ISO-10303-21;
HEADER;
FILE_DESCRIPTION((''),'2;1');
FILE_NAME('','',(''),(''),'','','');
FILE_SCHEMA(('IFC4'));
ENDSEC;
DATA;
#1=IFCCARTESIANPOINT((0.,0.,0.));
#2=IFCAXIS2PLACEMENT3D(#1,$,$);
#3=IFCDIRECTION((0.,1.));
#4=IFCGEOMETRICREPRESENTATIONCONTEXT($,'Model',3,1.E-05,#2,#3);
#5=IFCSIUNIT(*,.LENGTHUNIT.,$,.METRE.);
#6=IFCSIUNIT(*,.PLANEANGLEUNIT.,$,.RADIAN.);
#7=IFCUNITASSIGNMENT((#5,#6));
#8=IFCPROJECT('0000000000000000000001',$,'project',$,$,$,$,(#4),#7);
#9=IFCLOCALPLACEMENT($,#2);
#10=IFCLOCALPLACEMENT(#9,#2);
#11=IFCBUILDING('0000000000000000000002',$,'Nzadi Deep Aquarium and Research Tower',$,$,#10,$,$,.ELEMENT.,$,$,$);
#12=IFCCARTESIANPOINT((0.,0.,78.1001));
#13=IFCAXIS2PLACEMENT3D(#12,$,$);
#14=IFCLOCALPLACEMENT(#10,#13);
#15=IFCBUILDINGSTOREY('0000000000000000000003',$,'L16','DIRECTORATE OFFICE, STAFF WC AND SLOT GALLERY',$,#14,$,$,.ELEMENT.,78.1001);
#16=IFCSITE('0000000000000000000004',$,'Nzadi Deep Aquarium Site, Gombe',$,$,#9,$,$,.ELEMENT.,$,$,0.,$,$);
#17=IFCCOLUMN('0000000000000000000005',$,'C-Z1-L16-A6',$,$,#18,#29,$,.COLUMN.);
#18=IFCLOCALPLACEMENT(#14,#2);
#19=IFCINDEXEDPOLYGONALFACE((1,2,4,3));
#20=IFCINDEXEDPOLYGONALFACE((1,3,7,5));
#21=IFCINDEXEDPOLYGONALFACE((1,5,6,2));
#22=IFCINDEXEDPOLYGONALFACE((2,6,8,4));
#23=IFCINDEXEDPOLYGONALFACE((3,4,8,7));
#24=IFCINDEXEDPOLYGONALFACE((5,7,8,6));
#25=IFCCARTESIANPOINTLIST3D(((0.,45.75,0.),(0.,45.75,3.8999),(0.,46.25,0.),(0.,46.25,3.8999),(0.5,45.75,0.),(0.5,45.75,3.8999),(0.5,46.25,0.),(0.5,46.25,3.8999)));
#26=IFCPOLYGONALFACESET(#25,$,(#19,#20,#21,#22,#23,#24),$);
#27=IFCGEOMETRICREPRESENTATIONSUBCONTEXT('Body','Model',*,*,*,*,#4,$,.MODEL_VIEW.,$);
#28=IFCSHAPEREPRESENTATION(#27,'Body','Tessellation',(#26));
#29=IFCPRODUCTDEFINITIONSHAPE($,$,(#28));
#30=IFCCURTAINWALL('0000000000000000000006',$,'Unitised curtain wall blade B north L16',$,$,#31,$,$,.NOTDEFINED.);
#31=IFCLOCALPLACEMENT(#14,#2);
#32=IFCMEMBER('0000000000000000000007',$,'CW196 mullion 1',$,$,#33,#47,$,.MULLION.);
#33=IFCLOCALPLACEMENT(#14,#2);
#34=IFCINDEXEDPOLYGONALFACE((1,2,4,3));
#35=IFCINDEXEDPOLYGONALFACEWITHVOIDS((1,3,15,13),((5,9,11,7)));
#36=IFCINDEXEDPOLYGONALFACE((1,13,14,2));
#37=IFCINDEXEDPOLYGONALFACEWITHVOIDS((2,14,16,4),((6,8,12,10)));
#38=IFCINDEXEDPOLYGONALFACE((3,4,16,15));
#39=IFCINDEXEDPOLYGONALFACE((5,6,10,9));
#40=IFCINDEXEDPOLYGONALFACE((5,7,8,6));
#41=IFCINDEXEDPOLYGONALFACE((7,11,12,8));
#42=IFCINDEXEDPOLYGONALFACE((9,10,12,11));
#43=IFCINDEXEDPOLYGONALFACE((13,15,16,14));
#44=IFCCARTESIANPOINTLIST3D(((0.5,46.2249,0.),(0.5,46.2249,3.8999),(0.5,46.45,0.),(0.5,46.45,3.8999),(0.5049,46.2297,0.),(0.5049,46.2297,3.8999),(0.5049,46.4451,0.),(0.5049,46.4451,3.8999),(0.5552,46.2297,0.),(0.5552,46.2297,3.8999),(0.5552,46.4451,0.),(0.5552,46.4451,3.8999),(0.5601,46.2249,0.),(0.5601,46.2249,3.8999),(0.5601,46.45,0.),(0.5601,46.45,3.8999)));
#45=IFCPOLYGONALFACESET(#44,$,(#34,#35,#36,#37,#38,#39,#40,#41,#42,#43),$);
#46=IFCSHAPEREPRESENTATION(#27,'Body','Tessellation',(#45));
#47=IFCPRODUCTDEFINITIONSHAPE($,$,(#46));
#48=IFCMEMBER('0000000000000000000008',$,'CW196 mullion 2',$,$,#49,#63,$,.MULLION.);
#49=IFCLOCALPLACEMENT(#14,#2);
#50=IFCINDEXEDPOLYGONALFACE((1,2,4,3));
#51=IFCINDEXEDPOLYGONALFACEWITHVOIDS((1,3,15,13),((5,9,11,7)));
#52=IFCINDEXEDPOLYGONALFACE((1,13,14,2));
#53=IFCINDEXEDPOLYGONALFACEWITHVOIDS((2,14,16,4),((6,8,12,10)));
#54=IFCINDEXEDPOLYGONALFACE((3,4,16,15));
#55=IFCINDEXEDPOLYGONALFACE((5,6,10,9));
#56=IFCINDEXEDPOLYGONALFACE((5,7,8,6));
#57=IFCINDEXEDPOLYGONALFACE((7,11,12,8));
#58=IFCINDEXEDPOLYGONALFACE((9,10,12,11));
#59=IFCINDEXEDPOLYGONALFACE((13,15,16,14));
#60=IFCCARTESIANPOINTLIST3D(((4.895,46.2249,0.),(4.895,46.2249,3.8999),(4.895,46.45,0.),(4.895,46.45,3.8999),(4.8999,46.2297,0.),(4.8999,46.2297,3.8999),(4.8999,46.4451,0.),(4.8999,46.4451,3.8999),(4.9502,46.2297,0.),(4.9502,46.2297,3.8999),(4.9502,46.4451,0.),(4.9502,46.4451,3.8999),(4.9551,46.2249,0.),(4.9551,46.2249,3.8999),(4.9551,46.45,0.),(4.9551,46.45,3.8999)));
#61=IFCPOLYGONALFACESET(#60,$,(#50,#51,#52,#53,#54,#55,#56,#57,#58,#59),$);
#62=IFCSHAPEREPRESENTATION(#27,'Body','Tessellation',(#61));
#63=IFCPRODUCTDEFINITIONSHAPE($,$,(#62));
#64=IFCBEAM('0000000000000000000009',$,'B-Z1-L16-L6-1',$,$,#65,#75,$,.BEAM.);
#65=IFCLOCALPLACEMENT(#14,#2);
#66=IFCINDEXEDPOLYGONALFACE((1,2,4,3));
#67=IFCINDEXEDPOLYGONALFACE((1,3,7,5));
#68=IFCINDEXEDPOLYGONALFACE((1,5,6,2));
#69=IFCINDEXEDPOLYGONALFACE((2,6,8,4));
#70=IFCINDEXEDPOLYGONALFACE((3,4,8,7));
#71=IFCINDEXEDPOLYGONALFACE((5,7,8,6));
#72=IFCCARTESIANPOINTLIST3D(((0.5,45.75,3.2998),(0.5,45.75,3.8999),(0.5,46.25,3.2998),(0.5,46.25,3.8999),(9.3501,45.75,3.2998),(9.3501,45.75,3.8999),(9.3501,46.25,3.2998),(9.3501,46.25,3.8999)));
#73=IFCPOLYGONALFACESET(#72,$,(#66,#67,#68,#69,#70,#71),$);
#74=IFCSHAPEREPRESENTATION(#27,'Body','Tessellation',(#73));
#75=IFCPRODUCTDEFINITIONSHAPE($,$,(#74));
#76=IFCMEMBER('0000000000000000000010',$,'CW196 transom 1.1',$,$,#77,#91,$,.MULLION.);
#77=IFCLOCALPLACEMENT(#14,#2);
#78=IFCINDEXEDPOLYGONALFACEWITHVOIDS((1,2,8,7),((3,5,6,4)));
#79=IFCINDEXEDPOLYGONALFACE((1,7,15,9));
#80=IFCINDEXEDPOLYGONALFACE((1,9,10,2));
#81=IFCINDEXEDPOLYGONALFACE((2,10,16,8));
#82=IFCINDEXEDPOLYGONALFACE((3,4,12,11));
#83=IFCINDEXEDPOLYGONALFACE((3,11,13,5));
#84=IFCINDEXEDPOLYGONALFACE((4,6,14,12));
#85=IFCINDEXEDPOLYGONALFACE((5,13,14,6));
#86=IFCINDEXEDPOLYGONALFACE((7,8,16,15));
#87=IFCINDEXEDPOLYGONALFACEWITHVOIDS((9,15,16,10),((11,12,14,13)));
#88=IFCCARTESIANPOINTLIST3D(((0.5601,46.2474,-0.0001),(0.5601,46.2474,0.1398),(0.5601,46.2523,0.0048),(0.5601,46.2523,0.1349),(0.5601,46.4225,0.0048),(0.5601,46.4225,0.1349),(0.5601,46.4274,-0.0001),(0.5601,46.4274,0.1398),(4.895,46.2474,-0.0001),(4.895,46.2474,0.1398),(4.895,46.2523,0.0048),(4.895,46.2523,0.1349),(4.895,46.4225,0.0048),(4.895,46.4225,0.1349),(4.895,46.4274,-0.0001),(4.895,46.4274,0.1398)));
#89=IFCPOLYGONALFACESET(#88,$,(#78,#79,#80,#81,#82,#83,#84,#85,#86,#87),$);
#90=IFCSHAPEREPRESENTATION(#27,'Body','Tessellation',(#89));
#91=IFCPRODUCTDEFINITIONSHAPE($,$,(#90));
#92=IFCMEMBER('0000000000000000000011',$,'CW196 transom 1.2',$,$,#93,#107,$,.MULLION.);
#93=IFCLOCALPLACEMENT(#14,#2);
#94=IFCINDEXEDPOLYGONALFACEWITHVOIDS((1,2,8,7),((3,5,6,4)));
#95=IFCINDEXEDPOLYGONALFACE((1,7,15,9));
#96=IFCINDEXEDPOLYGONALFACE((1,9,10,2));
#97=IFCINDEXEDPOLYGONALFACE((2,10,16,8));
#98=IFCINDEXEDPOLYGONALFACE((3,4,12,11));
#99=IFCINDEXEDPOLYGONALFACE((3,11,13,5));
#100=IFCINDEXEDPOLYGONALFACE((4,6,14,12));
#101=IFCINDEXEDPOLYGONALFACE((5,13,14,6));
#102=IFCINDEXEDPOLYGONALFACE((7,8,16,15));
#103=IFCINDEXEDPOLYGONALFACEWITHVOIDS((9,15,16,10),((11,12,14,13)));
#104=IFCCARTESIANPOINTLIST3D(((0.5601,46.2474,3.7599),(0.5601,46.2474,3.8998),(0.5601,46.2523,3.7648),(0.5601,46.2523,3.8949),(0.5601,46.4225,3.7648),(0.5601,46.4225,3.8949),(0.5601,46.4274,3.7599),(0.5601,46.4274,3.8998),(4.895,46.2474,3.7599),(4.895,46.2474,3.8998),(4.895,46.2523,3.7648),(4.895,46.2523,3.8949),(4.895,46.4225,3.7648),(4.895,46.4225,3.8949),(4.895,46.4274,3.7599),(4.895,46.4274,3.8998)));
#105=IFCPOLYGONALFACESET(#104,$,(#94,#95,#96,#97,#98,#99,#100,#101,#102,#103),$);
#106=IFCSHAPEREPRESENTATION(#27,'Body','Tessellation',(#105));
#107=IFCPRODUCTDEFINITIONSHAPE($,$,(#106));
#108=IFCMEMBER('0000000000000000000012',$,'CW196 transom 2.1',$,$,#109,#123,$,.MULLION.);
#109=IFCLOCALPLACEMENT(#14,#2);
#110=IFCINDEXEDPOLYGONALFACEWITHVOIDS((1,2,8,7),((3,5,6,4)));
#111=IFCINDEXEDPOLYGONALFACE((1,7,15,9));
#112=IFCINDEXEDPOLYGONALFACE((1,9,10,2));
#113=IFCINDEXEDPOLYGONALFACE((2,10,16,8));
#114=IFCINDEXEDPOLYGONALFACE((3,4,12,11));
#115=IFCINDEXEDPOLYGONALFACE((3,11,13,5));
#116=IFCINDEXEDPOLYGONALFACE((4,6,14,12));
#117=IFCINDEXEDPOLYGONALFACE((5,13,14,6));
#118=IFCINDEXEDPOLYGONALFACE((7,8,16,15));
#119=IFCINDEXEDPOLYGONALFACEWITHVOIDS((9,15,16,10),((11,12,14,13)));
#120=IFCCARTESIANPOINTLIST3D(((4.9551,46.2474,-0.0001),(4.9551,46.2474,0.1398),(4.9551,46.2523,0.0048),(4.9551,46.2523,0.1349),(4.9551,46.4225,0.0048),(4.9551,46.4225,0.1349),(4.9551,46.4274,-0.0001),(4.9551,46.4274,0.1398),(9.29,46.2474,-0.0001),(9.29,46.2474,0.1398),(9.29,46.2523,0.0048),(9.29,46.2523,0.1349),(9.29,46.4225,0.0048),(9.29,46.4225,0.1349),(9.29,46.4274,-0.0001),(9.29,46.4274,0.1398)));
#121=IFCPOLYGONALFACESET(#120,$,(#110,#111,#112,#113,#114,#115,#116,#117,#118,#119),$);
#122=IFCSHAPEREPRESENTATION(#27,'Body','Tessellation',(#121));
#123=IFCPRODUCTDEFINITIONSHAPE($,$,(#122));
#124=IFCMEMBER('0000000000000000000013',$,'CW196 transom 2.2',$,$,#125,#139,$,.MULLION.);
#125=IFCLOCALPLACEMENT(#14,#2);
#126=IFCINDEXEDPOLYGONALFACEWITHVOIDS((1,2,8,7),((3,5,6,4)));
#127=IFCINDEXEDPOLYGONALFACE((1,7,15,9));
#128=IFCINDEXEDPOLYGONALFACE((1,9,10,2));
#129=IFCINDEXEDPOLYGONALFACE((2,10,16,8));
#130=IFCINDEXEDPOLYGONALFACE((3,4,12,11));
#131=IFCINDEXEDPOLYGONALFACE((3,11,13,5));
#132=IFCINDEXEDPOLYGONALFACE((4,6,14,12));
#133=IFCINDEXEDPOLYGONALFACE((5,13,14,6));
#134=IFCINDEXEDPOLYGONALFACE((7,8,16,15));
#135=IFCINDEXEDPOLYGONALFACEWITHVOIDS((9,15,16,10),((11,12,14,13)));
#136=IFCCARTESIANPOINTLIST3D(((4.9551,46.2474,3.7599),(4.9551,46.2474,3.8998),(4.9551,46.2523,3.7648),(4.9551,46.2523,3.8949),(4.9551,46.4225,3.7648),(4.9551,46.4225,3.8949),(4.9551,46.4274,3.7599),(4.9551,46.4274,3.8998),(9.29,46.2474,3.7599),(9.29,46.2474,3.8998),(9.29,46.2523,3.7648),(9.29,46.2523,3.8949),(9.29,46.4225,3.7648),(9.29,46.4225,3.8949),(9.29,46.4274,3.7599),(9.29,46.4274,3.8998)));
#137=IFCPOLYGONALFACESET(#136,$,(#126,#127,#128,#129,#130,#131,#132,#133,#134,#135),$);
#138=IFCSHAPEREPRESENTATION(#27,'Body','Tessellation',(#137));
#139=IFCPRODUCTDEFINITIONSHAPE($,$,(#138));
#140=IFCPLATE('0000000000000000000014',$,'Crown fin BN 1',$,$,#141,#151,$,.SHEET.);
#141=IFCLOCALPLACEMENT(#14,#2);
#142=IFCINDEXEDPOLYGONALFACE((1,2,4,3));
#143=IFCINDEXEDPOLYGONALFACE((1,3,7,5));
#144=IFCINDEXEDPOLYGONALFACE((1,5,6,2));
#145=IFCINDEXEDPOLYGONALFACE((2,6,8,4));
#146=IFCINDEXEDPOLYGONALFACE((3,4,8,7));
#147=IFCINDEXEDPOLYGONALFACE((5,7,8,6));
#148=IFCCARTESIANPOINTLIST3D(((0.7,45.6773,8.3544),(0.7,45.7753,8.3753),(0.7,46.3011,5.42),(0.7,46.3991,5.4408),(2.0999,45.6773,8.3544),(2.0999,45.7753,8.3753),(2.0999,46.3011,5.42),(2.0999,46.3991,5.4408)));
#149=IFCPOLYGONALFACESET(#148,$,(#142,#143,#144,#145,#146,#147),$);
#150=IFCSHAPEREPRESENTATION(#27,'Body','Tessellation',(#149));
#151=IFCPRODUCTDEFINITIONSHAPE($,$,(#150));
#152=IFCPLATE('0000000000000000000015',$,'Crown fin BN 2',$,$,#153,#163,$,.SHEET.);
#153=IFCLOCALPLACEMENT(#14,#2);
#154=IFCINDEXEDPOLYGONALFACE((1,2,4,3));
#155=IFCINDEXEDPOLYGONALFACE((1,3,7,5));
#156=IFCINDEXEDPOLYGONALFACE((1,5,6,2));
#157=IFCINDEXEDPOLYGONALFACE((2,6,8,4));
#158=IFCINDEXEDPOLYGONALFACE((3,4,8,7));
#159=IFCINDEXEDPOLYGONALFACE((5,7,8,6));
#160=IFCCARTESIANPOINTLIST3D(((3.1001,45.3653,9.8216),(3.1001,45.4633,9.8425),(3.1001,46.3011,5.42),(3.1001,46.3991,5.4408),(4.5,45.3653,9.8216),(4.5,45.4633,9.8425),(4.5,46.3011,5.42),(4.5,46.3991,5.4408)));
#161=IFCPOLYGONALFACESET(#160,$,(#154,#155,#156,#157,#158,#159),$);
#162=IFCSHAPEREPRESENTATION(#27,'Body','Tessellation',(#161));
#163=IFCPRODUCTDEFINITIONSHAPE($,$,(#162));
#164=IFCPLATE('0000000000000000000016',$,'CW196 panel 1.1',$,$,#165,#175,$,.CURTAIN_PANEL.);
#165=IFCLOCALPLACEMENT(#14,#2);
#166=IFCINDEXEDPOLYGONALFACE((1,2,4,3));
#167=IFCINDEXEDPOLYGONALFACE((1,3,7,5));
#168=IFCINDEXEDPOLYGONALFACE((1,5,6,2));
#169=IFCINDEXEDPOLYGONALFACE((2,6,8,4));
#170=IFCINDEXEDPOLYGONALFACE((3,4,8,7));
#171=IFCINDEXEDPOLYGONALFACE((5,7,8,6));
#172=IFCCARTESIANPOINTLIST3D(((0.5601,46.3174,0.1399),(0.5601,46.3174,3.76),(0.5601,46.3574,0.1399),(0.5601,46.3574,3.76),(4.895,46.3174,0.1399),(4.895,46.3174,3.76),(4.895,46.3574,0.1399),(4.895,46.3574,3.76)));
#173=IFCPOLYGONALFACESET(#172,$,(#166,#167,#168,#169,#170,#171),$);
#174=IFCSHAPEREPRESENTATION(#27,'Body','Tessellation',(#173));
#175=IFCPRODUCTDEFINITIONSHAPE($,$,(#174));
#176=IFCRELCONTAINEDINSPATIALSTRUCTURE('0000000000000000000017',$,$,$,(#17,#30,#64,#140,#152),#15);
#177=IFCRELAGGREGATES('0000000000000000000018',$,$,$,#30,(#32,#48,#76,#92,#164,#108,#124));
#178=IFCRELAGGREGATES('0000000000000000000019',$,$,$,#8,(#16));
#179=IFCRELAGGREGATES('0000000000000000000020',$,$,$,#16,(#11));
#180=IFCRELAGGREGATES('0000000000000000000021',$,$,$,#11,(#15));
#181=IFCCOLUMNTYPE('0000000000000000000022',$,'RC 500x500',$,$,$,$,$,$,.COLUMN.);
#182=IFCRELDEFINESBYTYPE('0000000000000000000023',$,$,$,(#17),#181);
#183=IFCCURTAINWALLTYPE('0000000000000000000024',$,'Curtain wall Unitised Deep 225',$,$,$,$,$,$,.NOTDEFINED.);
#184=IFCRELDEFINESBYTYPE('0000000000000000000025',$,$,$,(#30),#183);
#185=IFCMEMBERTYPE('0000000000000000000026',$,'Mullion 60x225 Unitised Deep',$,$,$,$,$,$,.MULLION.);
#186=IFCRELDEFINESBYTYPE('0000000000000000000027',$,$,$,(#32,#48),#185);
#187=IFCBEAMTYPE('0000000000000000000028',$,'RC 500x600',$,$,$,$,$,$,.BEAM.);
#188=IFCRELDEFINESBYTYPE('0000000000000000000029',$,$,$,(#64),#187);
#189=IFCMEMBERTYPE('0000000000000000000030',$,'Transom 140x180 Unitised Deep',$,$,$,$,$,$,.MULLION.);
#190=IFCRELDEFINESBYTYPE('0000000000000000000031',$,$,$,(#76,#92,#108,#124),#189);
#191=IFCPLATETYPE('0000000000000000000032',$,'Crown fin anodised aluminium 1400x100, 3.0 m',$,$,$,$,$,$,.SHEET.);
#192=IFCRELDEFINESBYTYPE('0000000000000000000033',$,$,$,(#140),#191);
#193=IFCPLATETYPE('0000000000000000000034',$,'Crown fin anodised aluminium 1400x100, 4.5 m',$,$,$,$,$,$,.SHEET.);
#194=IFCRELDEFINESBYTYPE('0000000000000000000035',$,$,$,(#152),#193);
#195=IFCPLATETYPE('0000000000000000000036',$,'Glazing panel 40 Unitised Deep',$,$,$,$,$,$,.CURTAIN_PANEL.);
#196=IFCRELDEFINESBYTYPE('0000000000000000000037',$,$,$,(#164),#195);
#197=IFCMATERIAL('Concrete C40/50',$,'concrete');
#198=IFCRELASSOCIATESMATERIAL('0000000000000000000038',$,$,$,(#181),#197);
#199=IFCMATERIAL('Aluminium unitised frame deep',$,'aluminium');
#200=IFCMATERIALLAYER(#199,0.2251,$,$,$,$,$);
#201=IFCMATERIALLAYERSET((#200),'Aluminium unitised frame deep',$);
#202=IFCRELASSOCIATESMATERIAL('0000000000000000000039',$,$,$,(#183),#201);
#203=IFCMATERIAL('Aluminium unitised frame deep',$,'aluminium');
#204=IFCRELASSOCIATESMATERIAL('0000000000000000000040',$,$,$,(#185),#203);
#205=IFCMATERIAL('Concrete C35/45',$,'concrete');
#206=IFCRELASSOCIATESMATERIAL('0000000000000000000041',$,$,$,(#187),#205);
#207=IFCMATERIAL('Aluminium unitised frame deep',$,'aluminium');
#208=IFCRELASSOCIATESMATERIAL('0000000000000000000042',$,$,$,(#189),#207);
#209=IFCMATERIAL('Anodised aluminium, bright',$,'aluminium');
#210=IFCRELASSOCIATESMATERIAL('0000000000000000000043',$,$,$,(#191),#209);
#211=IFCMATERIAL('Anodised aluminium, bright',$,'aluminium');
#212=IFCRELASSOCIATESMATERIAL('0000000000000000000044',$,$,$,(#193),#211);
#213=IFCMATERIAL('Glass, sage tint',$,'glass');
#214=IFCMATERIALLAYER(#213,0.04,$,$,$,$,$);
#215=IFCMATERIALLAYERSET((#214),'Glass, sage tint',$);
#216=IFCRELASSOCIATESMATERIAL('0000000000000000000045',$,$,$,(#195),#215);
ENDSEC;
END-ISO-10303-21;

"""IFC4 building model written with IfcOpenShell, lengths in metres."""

from ifc_helpers import new_model, si_unit, direction, frame, origin, origin_2d, place, context, subcontext, project, spatial, rectangle, hollow_rectangle, extrude, material, layer, layer_set, material_profile, profile_set, type_object, element, aggregate, save


model = new_model("IFC4")

# Units and contexts
model_context = context("Model", 3, precision=1e-05, world=origin(), true_north=direction((0.0, 1.0)))
body_context = subcontext(model_context, "Body", "Model", "MODEL_VIEW")
ifc_project = project(units=[si_unit("LENGTHUNIT", "METRE"), si_unit("PLANEANGLEUNIT", "RADIAN")], contexts=[model_context])

# Site, building, storey
site_placement = place(None, origin())
site = spatial("IfcSite", under=ifc_project, at=site_placement, Name="Nzadi Deep Aquarium Site, Gombe", CompositionType="ELEMENT", RefElevation=0.0)
building_placement = place(site_placement, origin())
building = spatial("IfcBuilding", under=site, at=building_placement, Name="Nzadi Deep Aquarium and Research Tower", CompositionType="ELEMENT")
storey_placement = place(building_placement, frame((0.0, 0.0, 78.1001)))
storey = spatial("IfcBuildingStorey", under=building, at=storey_placement, Name="L16", Description="DIRECTORATE OFFICE, STAFF WC AND SLOT GALLERY", CompositionType="ELEMENT", Elevation=78.1001)

# Column
ifc_material_1 = material(Name="Concrete C40/50", Category="concrete")
ifc_material_profile_1 = material_profile(ifc_material_1, rectangle(XDim=0.5, YDim=0.5, at=origin_2d()))
ifc_profile_set_1 = profile_set([ifc_material_profile_1], Name="Concrete C40/50")
column_type = type_object("IfcColumnType", Name="RC 500x500", PredefinedType="COLUMN", material=ifc_profile_set_1)
column_placement = place(storey_placement, frame((0.25, 46.0, 0.0), z_axis=(0.0, 0.0, 1.0), x_axis=(1.0, 0.0, 0.0)))
element("IfcColumn", 1, at=column_placement, inside=storey, type_object=column_type, Name="C-Z1-L16-A6", PredefinedType="COLUMN", context=body_context, shape_type="SweptSolid", body=[
    extrude(rectangle(XDim=0.5, YDim=0.5, at=origin_2d()), origin(), (0.0, 0.0, 1.0), 3.8999),
])

# Curtain wall, members
ifc_material_2 = material(Name="Aluminium unitised frame deep", Category="aluminium")
ifc_layer_1 = layer(ifc_material_2, 0.2251)
ifc_layer_set_1 = layer_set([ifc_layer_1], Name="Aluminium unitised frame deep")
curtain_wall_type = type_object("IfcCurtainWallType", Name="Curtain wall Unitised Deep 225", PredefinedType="NOTDEFINED", material=ifc_layer_set_1)
curtain_wall_placement = place(storey_placement, origin())
curtain_wall = element("IfcCurtainWall", 2, at=curtain_wall_placement, inside=storey, type_object=curtain_wall_type, Name="Unitised curtain wall blade B north L16", PredefinedType="NOTDEFINED")
ifc_material_3 = material(Name="Aluminium unitised frame deep", Category="aluminium")
ifc_material_profile_2 = material_profile(ifc_material_3, hollow_rectangle(XDim=0.2251, YDim=0.0601, WallThickness=0.0049, at=origin_2d()))
ifc_profile_set_2 = profile_set([ifc_material_profile_2], Name="Aluminium unitised frame deep")
member_type_1 = type_object("IfcMemberType", Name="Mullion 60x225 Unitised Deep", PredefinedType="MULLION", material=ifc_profile_set_2)
member_1_placement = place(storey_placement, frame((0.53, 46.3374, 0.0), z_axis=(0.0, 0.0, 1.0), x_axis=(0.0, 1.0, 0.0)))
member_1 = element("IfcMember", 3, at=member_1_placement, type_object=member_type_1, Name="CW196 mullion 1", PredefinedType="MULLION", context=body_context, shape_type="SweptSolid", body=[
    extrude(hollow_rectangle(XDim=0.2251, YDim=0.0601, WallThickness=0.0049, at=origin_2d()), origin(), (0.0, 0.0, 1.0), 3.8999),
])
member_2_placement = place(storey_placement, frame((4.925, 46.3374, 0.0), z_axis=(0.0, 0.0, 1.0), x_axis=(0.0, 1.0, 0.0)))
member_2 = element("IfcMember", 4, at=member_2_placement, type_object=member_type_1, Name="CW196 mullion 2", PredefinedType="MULLION", context=body_context, shape_type="SweptSolid", body=[
    extrude(hollow_rectangle(XDim=0.2251, YDim=0.0601, WallThickness=0.0049, at=origin_2d()), origin(), (0.0, 0.0, 1.0), 3.8999),
])

# Beam
ifc_material_4 = material(Name="Concrete C35/45", Category="concrete")
ifc_material_profile_3 = material_profile(ifc_material_4, rectangle(XDim=0.5, YDim=0.6001, at=origin_2d()))
ifc_profile_set_3 = profile_set([ifc_material_profile_3], Name="Concrete C35/45")
beam_type = type_object("IfcBeamType", Name="RC 500x600", PredefinedType="BEAM", material=ifc_profile_set_3)
beam_placement = place(storey_placement, frame((0.5, 46.0, 3.5999), z_axis=(1.0, 0.0, 0.0), x_axis=(0.0, 1.0, 0.0)))
element("IfcBeam", 5, at=beam_placement, inside=storey, type_object=beam_type, Name="B-Z1-L16-L6-1", PredefinedType="BEAM", context=body_context, shape_type="SweptSolid", body=[
    extrude(rectangle(XDim=0.5, YDim=0.6001, at=origin_2d()), origin(), (0.0, 0.0, 1.0), 8.8501),
])

# Members
ifc_material_5 = material(Name="Aluminium unitised frame deep", Category="aluminium")
ifc_material_profile_4 = material_profile(ifc_material_5, hollow_rectangle(XDim=0.1799, YDim=0.1399, WallThickness=0.0049, at=origin_2d()))
ifc_profile_set_4 = profile_set([ifc_material_profile_4], Name="Aluminium unitised frame deep")
member_type_2 = type_object("IfcMemberType", Name="Transom 140x180 Unitised Deep", PredefinedType="MULLION", material=ifc_profile_set_4)
member_3_placement = place(storey_placement, frame((0.5601, 46.3374, 0.0698), z_axis=(1.0, 0.0, 0.0), x_axis=(0.0, 1.0, 0.0)))
member_3 = element("IfcMember", 6, at=member_3_placement, type_object=member_type_2, Name="CW196 transom 1.1", PredefinedType="MULLION", context=body_context, shape_type="SweptSolid", body=[
    extrude(hollow_rectangle(XDim=0.1799, YDim=0.1399, WallThickness=0.0049, at=origin_2d()), origin(), (0.0, 0.0, 1.0), 4.335),
])
member_4_placement = place(storey_placement, frame((0.5601, 46.3374, 3.8298), z_axis=(1.0, 0.0, 0.0), x_axis=(0.0, 1.0, 0.0)))
member_4 = element("IfcMember", 7, at=member_4_placement, type_object=member_type_2, Name="CW196 transom 1.2", PredefinedType="MULLION", context=body_context, shape_type="SweptSolid", body=[
    extrude(hollow_rectangle(XDim=0.1799, YDim=0.1399, WallThickness=0.0049, at=origin_2d()), origin(), (0.0, 0.0, 1.0), 4.335),
])
member_5_placement = place(storey_placement, frame((4.9551, 46.3374, 0.0698), z_axis=(1.0, 0.0, 0.0), x_axis=(0.0, 1.0, 0.0)))
member_5 = element("IfcMember", 8, at=member_5_placement, type_object=member_type_2, Name="CW196 transom 2.1", PredefinedType="MULLION", context=body_context, shape_type="SweptSolid", body=[
    extrude(hollow_rectangle(XDim=0.1799, YDim=0.1399, WallThickness=0.0049, at=origin_2d()), origin(), (0.0, 0.0, 1.0), 4.335),
])
member_6_placement = place(storey_placement, frame((4.9551, 46.3374, 3.8298), z_axis=(1.0, 0.0, 0.0), x_axis=(0.0, 1.0, 0.0)))
member_6 = element("IfcMember", 9, at=member_6_placement, type_object=member_type_2, Name="CW196 transom 2.2", PredefinedType="MULLION", context=body_context, shape_type="SweptSolid", body=[
    extrude(hollow_rectangle(XDim=0.1799, YDim=0.1399, WallThickness=0.0049, at=origin_2d()), origin(), (0.0, 0.0, 1.0), 4.335),
])

# Plates
ifc_material_6 = material(Name="Anodised aluminium, bright", Category="aluminium")
ifc_material_profile_5 = material_profile(ifc_material_6, rectangle(XDim=1.3999, YDim=0.1001, at=origin_2d()))
ifc_profile_set_5 = profile_set([ifc_material_profile_5], Name="Anodised aluminium, bright")
plate_type_1 = type_object("IfcPlateType", Name="Crown fin anodised aluminium 1400x100, 3.0 m", PredefinedType="SHEET", material=ifc_profile_set_5)
plate_1_placement = place(storey_placement, frame((1.3999, 46.3501, 5.4304), z_axis=(0.0, -0.207934, 0.978143), x_axis=(1.0, 0.0, 0.0)))
element("IfcPlate", 10, at=plate_1_placement, inside=storey, type_object=plate_type_1, Name="Crown fin BN 1", PredefinedType="SHEET", context=body_context, shape_type="SweptSolid", body=[
    extrude(rectangle(XDim=1.3999, YDim=0.1001, at=origin_2d()), origin(), (0.0, 0.0, 1.0), 3.0),
])
ifc_material_7 = material(Name="Anodised aluminium, bright", Category="aluminium")
ifc_material_profile_6 = material_profile(ifc_material_7, rectangle(XDim=1.3999, YDim=0.1001, at=origin_2d()))
ifc_profile_set_6 = profile_set([ifc_material_profile_6], Name="Anodised aluminium, bright")
plate_type_2 = type_object("IfcPlateType", Name="Crown fin anodised aluminium 1400x100, 4.5 m", PredefinedType="SHEET", material=ifc_profile_set_6)
plate_2_placement = place(storey_placement, frame((3.8, 46.3501, 5.4304), z_axis=(0.0, -0.207954, 0.978139), x_axis=(1.0, 0.0, 0.0)))
element("IfcPlate", 11, at=plate_2_placement, inside=storey, type_object=plate_type_2, Name="Crown fin BN 2", PredefinedType="SHEET", context=body_context, shape_type="SweptSolid", body=[
    extrude(rectangle(XDim=1.3999, YDim=0.1001, at=origin_2d()), origin(), (0.0, 0.0, 1.0), 4.5),
])

# Plate
ifc_material_8 = material(Name="Glass, sage tint", Category="glass")
ifc_layer_2 = layer(ifc_material_8, 0.04)
ifc_layer_set_2 = layer_set([ifc_layer_2], Name="Glass, sage tint")
plate_type_3 = type_object("IfcPlateType", Name="Glazing panel 40 Unitised Deep", PredefinedType="CURTAIN_PANEL", material=ifc_layer_set_2)
plate_3_placement = place(storey_placement, frame((2.7275, 46.3374, 0.1399), z_axis=(0.0, 0.0, 1.0), x_axis=(1.0, 0.0, 0.0)))
plate_3 = element("IfcPlate", 12, at=plate_3_placement, type_object=plate_type_3, Name="CW196 panel 1.1", PredefinedType="CURTAIN_PANEL", context=body_context, shape_type="SweptSolid", body=[
    extrude(rectangle(XDim=4.335, YDim=0.04, at=origin_2d()), origin(), (0.0, 0.0, 1.0), 3.6201),
])
aggregate(curtain_wall, [member_1, member_2, member_3, member_4, plate_3, member_5, member_6])

save(model, "model.ifc")
